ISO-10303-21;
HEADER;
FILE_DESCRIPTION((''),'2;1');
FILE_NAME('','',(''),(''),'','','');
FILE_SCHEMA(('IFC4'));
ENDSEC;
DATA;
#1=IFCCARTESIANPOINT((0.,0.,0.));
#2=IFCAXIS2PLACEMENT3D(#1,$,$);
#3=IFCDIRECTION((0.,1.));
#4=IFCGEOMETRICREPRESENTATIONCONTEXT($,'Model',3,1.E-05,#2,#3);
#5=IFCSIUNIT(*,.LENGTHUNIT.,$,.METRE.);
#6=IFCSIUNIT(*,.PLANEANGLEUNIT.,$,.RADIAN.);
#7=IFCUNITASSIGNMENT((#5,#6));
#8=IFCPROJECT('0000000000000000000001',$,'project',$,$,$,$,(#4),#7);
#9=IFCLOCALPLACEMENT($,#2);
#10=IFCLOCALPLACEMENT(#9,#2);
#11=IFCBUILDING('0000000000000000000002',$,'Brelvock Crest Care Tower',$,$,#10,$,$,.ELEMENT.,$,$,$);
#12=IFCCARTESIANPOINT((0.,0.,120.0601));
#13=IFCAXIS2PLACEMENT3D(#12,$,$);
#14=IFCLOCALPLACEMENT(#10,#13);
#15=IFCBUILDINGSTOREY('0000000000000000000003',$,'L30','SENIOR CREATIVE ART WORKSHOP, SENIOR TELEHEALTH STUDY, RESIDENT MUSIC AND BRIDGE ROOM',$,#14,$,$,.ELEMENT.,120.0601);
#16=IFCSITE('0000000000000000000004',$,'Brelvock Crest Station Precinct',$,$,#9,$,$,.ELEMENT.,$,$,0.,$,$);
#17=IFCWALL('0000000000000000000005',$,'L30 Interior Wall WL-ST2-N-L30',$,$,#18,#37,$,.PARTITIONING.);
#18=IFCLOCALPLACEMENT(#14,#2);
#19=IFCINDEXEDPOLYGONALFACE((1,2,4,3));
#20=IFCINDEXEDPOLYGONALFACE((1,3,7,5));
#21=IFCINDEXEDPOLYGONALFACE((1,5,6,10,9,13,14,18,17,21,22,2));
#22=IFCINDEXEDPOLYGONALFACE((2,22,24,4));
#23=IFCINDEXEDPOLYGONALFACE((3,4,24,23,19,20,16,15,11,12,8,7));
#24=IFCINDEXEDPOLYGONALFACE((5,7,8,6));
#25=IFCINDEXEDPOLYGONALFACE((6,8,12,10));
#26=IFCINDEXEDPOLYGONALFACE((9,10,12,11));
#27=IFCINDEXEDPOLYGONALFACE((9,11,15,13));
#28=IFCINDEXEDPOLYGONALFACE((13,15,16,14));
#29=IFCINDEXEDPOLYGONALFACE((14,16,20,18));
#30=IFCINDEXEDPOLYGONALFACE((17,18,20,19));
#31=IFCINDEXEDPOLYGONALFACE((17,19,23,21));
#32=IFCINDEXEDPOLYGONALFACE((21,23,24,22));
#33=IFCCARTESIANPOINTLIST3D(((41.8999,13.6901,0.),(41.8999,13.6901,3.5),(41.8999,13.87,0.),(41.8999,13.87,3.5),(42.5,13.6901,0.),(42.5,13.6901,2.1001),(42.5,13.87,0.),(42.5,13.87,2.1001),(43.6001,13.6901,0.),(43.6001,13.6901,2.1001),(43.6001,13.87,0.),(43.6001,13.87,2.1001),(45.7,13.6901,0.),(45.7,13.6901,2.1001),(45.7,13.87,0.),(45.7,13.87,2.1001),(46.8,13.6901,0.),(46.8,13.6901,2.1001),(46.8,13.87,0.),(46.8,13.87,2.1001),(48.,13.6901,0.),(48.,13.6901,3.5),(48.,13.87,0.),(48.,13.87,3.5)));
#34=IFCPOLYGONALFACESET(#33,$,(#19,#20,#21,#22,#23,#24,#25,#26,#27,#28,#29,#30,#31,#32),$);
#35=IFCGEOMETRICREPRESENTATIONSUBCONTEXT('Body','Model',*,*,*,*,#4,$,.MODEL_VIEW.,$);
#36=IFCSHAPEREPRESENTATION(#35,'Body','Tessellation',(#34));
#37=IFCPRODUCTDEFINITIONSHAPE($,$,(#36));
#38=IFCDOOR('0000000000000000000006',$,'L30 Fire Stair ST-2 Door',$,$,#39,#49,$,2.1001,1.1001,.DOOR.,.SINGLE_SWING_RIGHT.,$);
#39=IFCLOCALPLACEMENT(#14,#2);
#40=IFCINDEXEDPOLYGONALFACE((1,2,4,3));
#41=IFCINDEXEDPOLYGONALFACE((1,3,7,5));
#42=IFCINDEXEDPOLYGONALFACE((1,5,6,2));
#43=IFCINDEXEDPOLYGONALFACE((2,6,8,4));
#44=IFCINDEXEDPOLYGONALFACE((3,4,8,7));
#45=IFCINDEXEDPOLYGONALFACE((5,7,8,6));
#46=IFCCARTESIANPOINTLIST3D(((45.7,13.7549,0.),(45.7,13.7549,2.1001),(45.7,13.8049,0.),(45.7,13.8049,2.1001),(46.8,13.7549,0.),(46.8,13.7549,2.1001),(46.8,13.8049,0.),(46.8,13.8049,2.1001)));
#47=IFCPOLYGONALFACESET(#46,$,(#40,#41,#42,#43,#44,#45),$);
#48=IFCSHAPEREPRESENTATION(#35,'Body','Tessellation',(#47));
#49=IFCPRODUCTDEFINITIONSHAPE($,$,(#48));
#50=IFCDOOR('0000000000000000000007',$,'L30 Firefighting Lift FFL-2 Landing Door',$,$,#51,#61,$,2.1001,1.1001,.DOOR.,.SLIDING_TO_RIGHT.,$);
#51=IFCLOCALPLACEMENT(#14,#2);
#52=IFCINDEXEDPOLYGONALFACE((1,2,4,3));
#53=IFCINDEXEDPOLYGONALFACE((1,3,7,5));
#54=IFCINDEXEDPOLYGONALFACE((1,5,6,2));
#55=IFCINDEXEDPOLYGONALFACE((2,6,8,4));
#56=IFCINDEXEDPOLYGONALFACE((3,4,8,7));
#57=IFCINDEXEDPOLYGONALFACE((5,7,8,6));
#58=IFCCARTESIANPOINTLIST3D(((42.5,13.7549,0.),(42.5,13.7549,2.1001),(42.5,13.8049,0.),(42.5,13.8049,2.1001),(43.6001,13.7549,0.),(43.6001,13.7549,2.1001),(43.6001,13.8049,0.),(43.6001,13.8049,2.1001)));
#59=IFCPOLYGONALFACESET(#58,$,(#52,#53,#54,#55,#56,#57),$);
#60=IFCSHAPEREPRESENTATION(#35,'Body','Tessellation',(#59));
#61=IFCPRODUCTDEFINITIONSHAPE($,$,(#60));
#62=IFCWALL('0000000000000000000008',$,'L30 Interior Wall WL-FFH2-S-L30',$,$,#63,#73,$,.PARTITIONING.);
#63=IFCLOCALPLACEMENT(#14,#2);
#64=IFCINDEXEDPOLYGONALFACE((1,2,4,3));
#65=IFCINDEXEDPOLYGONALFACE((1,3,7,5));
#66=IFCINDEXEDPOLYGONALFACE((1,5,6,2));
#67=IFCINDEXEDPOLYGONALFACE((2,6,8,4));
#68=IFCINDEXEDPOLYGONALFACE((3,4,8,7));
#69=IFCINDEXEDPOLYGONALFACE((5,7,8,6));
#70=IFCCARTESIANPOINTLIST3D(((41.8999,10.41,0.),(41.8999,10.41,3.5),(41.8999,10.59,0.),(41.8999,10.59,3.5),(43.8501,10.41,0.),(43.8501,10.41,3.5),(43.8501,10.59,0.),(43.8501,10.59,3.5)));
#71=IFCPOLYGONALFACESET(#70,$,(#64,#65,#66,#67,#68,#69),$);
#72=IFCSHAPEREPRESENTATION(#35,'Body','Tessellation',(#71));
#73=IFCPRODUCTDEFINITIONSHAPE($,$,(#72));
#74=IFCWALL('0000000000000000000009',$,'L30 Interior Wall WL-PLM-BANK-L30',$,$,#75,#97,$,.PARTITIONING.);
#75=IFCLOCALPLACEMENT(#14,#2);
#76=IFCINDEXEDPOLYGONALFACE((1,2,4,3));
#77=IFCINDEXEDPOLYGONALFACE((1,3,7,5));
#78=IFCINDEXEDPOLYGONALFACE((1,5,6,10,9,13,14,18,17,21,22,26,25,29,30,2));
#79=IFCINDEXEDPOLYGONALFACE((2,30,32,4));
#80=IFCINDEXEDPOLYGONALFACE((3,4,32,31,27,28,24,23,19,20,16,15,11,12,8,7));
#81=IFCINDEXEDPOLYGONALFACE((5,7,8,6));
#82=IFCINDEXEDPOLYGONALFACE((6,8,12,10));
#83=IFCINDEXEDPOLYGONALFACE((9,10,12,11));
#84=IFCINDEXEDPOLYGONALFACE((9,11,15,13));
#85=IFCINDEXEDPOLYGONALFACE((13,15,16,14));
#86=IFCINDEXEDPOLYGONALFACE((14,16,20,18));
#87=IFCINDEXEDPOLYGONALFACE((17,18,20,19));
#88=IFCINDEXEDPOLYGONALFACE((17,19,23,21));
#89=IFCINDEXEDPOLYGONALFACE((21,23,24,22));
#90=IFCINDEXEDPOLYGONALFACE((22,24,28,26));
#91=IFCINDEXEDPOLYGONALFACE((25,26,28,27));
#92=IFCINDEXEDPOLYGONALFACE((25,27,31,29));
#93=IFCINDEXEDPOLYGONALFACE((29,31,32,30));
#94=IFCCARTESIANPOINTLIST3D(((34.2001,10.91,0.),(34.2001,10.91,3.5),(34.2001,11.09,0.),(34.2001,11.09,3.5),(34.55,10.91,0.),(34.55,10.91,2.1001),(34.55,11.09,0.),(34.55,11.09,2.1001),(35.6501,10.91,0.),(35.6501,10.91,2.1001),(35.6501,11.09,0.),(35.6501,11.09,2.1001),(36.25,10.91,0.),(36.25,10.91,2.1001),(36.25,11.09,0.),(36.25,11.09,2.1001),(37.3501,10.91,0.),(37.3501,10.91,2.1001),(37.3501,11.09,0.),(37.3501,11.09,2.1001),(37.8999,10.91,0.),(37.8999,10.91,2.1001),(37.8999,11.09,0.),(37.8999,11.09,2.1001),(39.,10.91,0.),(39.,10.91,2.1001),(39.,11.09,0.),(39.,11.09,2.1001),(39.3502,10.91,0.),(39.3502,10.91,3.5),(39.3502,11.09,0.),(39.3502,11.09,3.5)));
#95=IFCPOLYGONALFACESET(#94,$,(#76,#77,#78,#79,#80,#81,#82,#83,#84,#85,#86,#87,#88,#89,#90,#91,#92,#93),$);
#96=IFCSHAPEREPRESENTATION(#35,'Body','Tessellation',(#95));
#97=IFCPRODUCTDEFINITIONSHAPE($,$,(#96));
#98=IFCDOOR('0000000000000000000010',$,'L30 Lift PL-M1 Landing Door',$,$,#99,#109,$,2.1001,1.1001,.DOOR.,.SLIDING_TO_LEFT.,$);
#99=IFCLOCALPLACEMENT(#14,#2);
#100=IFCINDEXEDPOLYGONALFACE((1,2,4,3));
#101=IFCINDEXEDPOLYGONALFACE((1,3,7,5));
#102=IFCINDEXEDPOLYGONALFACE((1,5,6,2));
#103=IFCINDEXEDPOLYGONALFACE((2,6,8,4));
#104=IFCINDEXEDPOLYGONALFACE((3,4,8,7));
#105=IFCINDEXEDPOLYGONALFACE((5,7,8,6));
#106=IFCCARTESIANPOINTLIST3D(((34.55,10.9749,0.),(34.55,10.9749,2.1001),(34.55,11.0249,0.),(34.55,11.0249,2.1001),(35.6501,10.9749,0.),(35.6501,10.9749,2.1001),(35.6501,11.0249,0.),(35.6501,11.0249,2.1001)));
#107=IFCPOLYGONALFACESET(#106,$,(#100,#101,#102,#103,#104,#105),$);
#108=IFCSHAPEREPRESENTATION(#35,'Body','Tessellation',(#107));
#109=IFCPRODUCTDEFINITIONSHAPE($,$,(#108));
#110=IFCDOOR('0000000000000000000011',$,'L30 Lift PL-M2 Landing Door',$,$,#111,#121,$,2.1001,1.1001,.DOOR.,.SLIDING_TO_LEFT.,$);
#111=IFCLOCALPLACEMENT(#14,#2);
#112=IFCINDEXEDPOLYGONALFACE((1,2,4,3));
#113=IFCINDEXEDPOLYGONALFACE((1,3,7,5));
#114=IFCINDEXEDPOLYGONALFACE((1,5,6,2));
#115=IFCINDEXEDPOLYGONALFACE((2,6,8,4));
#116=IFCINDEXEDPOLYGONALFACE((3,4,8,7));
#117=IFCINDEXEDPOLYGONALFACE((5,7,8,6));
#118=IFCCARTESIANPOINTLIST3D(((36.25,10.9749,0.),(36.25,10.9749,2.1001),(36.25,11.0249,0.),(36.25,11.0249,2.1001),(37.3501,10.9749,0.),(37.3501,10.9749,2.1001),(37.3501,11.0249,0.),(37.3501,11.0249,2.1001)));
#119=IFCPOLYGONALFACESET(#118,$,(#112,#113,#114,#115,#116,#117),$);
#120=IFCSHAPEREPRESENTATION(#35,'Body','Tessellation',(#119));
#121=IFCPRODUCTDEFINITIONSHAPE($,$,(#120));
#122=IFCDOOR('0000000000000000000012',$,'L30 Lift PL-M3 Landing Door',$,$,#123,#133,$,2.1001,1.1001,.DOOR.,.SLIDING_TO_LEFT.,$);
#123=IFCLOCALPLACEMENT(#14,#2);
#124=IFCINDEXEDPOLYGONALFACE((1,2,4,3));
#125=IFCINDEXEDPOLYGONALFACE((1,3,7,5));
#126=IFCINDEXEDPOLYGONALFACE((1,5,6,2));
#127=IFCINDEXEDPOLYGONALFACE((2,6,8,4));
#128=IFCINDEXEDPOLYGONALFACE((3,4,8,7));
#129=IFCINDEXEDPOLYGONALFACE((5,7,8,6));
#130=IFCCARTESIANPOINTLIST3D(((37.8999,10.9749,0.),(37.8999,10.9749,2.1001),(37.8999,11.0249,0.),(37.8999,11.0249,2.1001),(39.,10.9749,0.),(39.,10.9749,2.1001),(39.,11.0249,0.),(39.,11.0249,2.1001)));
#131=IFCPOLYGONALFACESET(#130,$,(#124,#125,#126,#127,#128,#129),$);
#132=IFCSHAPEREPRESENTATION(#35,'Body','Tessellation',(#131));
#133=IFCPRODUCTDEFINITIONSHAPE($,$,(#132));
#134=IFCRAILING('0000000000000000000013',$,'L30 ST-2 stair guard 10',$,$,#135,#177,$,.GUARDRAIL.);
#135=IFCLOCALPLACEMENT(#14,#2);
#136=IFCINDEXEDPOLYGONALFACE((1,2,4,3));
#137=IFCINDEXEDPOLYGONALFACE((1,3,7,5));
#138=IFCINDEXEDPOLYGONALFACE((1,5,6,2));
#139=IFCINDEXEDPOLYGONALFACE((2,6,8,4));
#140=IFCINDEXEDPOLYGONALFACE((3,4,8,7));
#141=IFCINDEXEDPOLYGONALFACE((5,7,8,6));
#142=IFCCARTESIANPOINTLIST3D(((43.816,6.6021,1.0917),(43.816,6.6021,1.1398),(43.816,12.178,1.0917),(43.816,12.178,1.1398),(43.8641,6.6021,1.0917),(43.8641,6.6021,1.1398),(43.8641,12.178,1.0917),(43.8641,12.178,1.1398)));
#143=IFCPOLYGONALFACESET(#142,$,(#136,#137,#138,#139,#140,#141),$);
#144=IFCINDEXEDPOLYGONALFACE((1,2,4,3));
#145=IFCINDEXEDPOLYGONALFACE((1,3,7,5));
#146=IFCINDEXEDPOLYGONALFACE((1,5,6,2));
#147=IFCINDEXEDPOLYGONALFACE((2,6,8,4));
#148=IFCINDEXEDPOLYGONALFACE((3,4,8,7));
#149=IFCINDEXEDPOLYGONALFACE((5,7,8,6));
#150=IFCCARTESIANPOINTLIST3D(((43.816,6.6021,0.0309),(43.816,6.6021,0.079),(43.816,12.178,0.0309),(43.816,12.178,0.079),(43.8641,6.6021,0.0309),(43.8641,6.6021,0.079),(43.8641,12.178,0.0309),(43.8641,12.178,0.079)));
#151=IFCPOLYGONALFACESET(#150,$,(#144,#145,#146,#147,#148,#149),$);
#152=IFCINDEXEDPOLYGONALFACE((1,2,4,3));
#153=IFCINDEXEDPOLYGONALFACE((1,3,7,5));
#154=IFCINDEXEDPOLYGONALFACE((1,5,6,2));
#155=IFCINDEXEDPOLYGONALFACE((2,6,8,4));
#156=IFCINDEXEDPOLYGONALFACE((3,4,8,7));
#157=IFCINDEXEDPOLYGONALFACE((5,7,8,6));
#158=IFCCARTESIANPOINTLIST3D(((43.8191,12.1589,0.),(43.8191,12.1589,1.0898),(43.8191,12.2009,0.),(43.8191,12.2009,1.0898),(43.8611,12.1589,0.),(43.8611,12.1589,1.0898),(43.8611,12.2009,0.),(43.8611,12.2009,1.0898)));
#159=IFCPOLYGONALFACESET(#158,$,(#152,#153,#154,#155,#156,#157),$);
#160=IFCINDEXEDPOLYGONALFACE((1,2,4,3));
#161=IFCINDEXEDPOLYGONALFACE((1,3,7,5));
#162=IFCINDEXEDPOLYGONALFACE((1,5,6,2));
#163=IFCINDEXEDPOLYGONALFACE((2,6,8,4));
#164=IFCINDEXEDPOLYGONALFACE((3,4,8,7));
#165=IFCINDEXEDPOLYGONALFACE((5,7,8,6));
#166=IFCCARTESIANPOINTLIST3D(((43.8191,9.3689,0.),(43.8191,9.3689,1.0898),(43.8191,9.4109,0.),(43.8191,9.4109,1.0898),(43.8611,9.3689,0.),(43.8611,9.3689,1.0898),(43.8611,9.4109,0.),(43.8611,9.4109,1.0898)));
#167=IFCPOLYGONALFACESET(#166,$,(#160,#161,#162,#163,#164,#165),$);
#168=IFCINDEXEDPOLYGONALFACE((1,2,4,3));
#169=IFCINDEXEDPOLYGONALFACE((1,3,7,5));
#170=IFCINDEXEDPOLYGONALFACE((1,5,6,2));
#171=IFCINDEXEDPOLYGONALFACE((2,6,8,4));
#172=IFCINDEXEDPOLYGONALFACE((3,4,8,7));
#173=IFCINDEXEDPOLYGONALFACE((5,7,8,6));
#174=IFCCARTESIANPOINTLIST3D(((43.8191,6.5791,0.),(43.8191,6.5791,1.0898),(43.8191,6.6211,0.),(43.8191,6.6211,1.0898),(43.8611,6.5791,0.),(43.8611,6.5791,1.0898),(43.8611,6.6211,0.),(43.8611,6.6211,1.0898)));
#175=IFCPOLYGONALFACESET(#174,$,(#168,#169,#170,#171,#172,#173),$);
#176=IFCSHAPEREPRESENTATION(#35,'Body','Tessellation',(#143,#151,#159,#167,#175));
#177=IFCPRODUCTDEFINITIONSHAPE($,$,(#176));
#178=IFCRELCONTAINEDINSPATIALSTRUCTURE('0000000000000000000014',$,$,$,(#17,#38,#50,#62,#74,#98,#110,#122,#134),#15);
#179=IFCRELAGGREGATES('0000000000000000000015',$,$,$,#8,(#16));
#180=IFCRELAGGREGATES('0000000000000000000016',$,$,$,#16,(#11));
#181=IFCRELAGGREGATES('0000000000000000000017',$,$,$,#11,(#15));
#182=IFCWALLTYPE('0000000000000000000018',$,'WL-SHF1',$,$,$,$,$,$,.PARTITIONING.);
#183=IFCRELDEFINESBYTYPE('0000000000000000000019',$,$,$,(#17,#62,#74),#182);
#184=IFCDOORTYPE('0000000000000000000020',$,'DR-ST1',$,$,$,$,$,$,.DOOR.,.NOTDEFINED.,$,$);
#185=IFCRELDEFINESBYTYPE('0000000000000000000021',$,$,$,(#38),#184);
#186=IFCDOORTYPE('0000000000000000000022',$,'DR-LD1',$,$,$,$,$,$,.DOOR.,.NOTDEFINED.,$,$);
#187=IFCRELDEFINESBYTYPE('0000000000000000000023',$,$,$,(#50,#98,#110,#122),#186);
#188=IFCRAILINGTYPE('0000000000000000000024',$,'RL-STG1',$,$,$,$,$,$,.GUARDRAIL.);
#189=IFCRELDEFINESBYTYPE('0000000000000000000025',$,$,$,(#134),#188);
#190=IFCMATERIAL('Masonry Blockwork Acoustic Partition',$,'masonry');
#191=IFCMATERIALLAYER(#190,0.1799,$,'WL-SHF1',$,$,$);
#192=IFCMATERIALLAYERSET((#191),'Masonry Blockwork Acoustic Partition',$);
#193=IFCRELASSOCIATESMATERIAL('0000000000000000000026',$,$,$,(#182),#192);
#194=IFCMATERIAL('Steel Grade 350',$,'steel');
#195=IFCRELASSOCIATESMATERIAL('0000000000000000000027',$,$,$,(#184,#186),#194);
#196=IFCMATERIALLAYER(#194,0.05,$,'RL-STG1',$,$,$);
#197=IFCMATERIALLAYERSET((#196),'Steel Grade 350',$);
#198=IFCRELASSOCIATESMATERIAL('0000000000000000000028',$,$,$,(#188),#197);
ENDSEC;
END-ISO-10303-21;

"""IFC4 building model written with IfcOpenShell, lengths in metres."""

from ifc_helpers import new_model, si_unit, direction, frame, frame_2d, origin, origin_2d, place, context, subcontext, project, spatial, rectangle, extrude, source, transform, mapped, material, layer, layer_set, type_object, element, fill, save


model = new_model("IFC4")

# Units and contexts
model_context = context("Model", 3, precision=1e-05, world=origin(), true_north=direction((0.0, 1.0)))
body_context = subcontext(model_context, "Body", "Model", "MODEL_VIEW")
ifc_project = project(units=[si_unit("LENGTHUNIT", "METRE"), si_unit("PLANEANGLEUNIT", "RADIAN")], contexts=[model_context])

# Site, building, storey
site_placement = place(None, origin())
site = spatial("IfcSite", under=ifc_project, at=site_placement, Name="Brelvock Crest Station Precinct", CompositionType="ELEMENT", RefElevation=0.0)
building_placement = place(site_placement, origin())
building = spatial("IfcBuilding", under=site, at=building_placement, Name="Brelvock Crest Care Tower", CompositionType="ELEMENT")
storey_placement = place(building_placement, frame((0.0, 0.0, 120.0601)))
storey = spatial("IfcBuildingStorey", under=building, at=storey_placement, Name="L30", Description="SENIOR CREATIVE ART WORKSHOP, SENIOR TELEHEALTH STUDY, RESIDENT MUSIC AND BRIDGE ROOM", CompositionType="ELEMENT", Elevation=120.0601)

# Shared definitions
ifc_material_1 = material(Name="Steel Grade 350", Category="steel")

# Shared definitions
ifc_material_2 = material(Name="Masonry Blockwork Acoustic Partition", Category="masonry")

# Shared definitions
ifc_layer_1 = layer(ifc_material_2, 0.1799, Name="WL-SHF1")
ifc_layer_set_1 = layer_set([ifc_layer_1], Name="Masonry Blockwork Acoustic Partition")
wall_type_1 = type_object("IfcWallType", Name="WL-SHF1", PredefinedType="PARTITIONING", material=ifc_layer_set_1)

# Wall, openings, doors
wall_1_placement = place(storey_placement, frame((41.8999, 13.78, 0.0), z_axis=(0.0, 0.0, 1.0), x_axis=(1.0, 0.0, 0.0)))
wall_1 = element("IfcWall", 1, at=wall_1_placement, inside=storey, type_object=wall_type_1, Name="L30 Interior Wall WL-ST2-N-L30", PredefinedType="PARTITIONING", context=body_context, shape_type="SweptSolid", body=[
    extrude(rectangle(XDim=6.1001, YDim=0.1799, at=frame_2d((3.05, 0.0))), origin(), (0.0, 0.0, 1.0), 3.5),
])
opening_1_placement = place(wall_1_placement, frame((0.6001, 0.0, 0.0)))
opening_1 = element("IfcOpeningElement", 2, at=opening_1_placement, cuts=wall_1, PredefinedType="OPENING", context=body_context, shape_type="SweptSolid", body=[
    extrude(rectangle(XDim=1.1001, YDim=2.1001, at=origin_2d()), frame((0.55, 0.1001, 1.05), z_axis=(0.0, -1.0, 0.0), x_axis=(1.0, 0.0, 0.0)), (0.0, 0.0, 1.0), 0.2),
])
opening_2_placement = place(wall_1_placement, frame((3.8, 0.0, 0.0)))
opening_2 = element("IfcOpeningElement", 3, at=opening_2_placement, cuts=wall_1, PredefinedType="OPENING", context=body_context, shape_type="SweptSolid", body=[
    extrude(rectangle(XDim=1.1001, YDim=2.1001, at=origin_2d()), frame((0.55, 0.1001, 1.05), z_axis=(0.0, -1.0, 0.0), x_axis=(1.0, 0.0, 0.0)), (0.0, 0.0, 1.0), 0.2),
])
door_type_1 = type_object("IfcDoorType", Name="DR-ST1", OperationType="NOTDEFINED", PredefinedType="DOOR", material=ifc_material_1)
shared_shape_1 = source(origin(), body_context, "Body", "SweptSolid", [
    extrude(rectangle(XDim=1.1001, YDim=2.1001, at=origin_2d()), frame((0.55, 0.0249, 1.05), z_axis=(0.0, -1.0, 0.0), x_axis=(1.0, 0.0, 0.0)), (0.0, 0.0, 1.0), 0.05),
])
door_1_placement = place(opening_2_placement, origin())
door_1 = element("IfcDoor", 4, at=door_1_placement, inside=storey, type_object=door_type_1, Name="L30 Fire Stair ST-2 Door", OperationType="SINGLE_SWING_RIGHT", OverallHeight=2.1001, OverallWidth=1.1001, PredefinedType="DOOR", context=body_context, shape_type="MappedRepresentation", body=[
    mapped(shared_shape_1, transform((0.0, 0.0, 0.0), x_axis=(1.0, 0.0, 0.0), y_axis=(0.0, 1.0, 0.0), z_axis=(0.0, 0.0, 1.0), scale=1.0)),
])
fill(opening_2, door_1)
door_type_2 = type_object("IfcDoorType", Name="DR-LD1", OperationType="NOTDEFINED", PredefinedType="DOOR", material=ifc_material_1)
shared_shape_2 = source(origin(), body_context, "Body", "SweptSolid", [
    extrude(rectangle(XDim=1.1001, YDim=2.1001, at=origin_2d()), frame((0.55, 0.0249, 1.05), z_axis=(0.0, -1.0, 0.0), x_axis=(1.0, 0.0, 0.0)), (0.0, 0.0, 1.0), 0.05),
])
door_2_placement = place(opening_1_placement, origin())
door_2 = element("IfcDoor", 5, at=door_2_placement, inside=storey, type_object=door_type_2, Name="L30 Firefighting Lift FFL-2 Landing Door", OperationType="SLIDING_TO_RIGHT", OverallHeight=2.1001, OverallWidth=1.1001, PredefinedType="DOOR", context=body_context, shape_type="MappedRepresentation", body=[
    mapped(shared_shape_2, transform((0.0, 0.0, 0.0), x_axis=(1.0, 0.0, 0.0), y_axis=(0.0, 1.0, 0.0), z_axis=(0.0, 0.0, 1.0), scale=1.0)),
])
fill(opening_1, door_2)

# Wall
wall_2_placement = place(storey_placement, frame((41.8999, 10.5, 0.0), z_axis=(0.0, 0.0, 1.0), x_axis=(1.0, 0.0, 0.0)))
element("IfcWall", 6, at=wall_2_placement, inside=storey, type_object=wall_type_1, Name="L30 Interior Wall WL-FFH2-S-L30", PredefinedType="PARTITIONING", context=body_context, shape_type="SweptSolid", body=[
    extrude(rectangle(XDim=1.9502, YDim=0.1799, at=frame_2d((0.9751, 0.0))), origin(), (0.0, 0.0, 1.0), 3.5),
])

# Wall, openings, doors
wall_3_placement = place(storey_placement, frame((34.2, 11.0, 0.0), z_axis=(0.0, 0.0, 1.0), x_axis=(1.0, 0.0, 0.0)))
wall_3 = element("IfcWall", 7, at=wall_3_placement, inside=storey, type_object=wall_type_1, Name="L30 Interior Wall WL-PLM-BANK-L30", PredefinedType="PARTITIONING", context=body_context, shape_type="SweptSolid", body=[
    extrude(rectangle(XDim=5.1501, YDim=0.1799, at=frame_2d((2.5752, 0.0))), origin(), (0.0, 0.0, 1.0), 3.5),
])
opening_3_placement = place(wall_3_placement, frame((0.3501, 0.0, 0.0)))
opening_3 = element("IfcOpeningElement", 8, at=opening_3_placement, cuts=wall_3, PredefinedType="OPENING", context=body_context, shape_type="SweptSolid", body=[
    extrude(rectangle(XDim=1.1001, YDim=2.1001, at=origin_2d()), frame((0.55, 0.1001, 1.05), z_axis=(0.0, -1.0, 0.0), x_axis=(1.0, 0.0, 0.0)), (0.0, 0.0, 1.0), 0.2),
])
opening_4_placement = place(wall_3_placement, frame((2.05, 0.0, 0.0)))
opening_4 = element("IfcOpeningElement", 9, at=opening_4_placement, cuts=wall_3, PredefinedType="OPENING", context=body_context, shape_type="SweptSolid", body=[
    extrude(rectangle(XDim=1.1001, YDim=2.1001, at=origin_2d()), frame((0.55, 0.1001, 1.05), z_axis=(0.0, -1.0, 0.0), x_axis=(1.0, 0.0, 0.0)), (0.0, 0.0, 1.0), 0.2),
])
opening_5_placement = place(wall_3_placement, frame((3.7, 0.0, 0.0)))
opening_5 = element("IfcOpeningElement", 10, at=opening_5_placement, cuts=wall_3, PredefinedType="OPENING", context=body_context, shape_type="SweptSolid", body=[
    extrude(rectangle(XDim=1.1001, YDim=2.1001, at=origin_2d()), frame((0.55, 0.1001, 1.05), z_axis=(0.0, -1.0, 0.0), x_axis=(1.0, 0.0, 0.0)), (0.0, 0.0, 1.0), 0.2),
])
door_3_placement = place(opening_3_placement, origin())
door_3 = element("IfcDoor", 11, at=door_3_placement, inside=storey, type_object=door_type_2, Name="L30 Lift PL-M1 Landing Door", OperationType="SLIDING_TO_LEFT", OverallHeight=2.1001, OverallWidth=1.1001, PredefinedType="DOOR", context=body_context, shape_type="MappedRepresentation", body=[
    mapped(shared_shape_2, transform((0.0, 0.0, 0.0), x_axis=(1.0, 0.0, 0.0), y_axis=(0.0, 1.0, 0.0), z_axis=(0.0, 0.0, 1.0), scale=1.0)),
])
fill(opening_3, door_3)
door_4_placement = place(opening_4_placement, origin())
door_4 = element("IfcDoor", 12, at=door_4_placement, inside=storey, type_object=door_type_2, Name="L30 Lift PL-M2 Landing Door", OperationType="SLIDING_TO_LEFT", OverallHeight=2.1001, OverallWidth=1.1001, PredefinedType="DOOR", context=body_context, shape_type="MappedRepresentation", body=[
    mapped(shared_shape_2, transform((0.0, 0.0, 0.0), x_axis=(1.0, 0.0, 0.0), y_axis=(0.0, 1.0, 0.0), z_axis=(0.0, 0.0, 1.0), scale=1.0)),
])
fill(opening_4, door_4)
door_5_placement = place(opening_5_placement, origin())
door_5 = element("IfcDoor", 13, at=door_5_placement, inside=storey, type_object=door_type_2, Name="L30 Lift PL-M3 Landing Door", OperationType="SLIDING_TO_LEFT", OverallHeight=2.1001, OverallWidth=1.1001, PredefinedType="DOOR", context=body_context, shape_type="MappedRepresentation", body=[
    mapped(shared_shape_2, transform((0.0, 0.0, 0.0), x_axis=(1.0, 0.0, 0.0), y_axis=(0.0, 1.0, 0.0), z_axis=(0.0, 0.0, 1.0), scale=1.0)),
])
fill(opening_5, door_5)

# Railing
ifc_layer_2 = layer(ifc_material_1, 0.05, Name="RL-STG1")
ifc_layer_set_2 = layer_set([ifc_layer_2], Name="Steel Grade 350")
railing_type = type_object("IfcRailingType", Name="RL-STG1", PredefinedType="GUARDRAIL", material=ifc_layer_set_2)
railing_placement = place(storey_placement, frame((43.8401, 12.1799, 0.0)))
element("IfcRailing", 14, at=railing_placement, inside=storey, type_object=railing_type, Name="L30 ST-2 stair guard 10", PredefinedType="GUARDRAIL", context=body_context, shape_type="SweptSolid", body=[
    extrude(rectangle(XDim=0.0481, YDim=0.0481, at=origin_2d()), frame((0.0, -0.002, 1.1157), z_axis=(0.0, -1.0, 0.0), x_axis=(1.0, 0.0, 0.0)), (0.0, 0.0, 1.0), 5.5759),
    extrude(rectangle(XDim=0.0481, YDim=0.0481, at=origin_2d()), frame((0.0, -0.002, 0.0549), z_axis=(0.0, -1.0, 0.0), x_axis=(1.0, 0.0, 0.0)), (0.0, 0.0, 1.0), 5.5759),
    extrude(rectangle(XDim=0.042, YDim=0.042, at=origin_2d()), origin(), (0.0, 0.0, 1.0), 1.0898),
    extrude(rectangle(XDim=0.042, YDim=0.042, at=origin_2d()), frame((0.0, -2.79, 0.0)), (0.0, 0.0, 1.0), 1.0898),
    extrude(rectangle(XDim=0.042, YDim=0.042, at=origin_2d()), frame((0.0, -5.5798, 0.0)), (0.0, 0.0, 1.0), 1.0898),
])

save(model, "model.ifc")
